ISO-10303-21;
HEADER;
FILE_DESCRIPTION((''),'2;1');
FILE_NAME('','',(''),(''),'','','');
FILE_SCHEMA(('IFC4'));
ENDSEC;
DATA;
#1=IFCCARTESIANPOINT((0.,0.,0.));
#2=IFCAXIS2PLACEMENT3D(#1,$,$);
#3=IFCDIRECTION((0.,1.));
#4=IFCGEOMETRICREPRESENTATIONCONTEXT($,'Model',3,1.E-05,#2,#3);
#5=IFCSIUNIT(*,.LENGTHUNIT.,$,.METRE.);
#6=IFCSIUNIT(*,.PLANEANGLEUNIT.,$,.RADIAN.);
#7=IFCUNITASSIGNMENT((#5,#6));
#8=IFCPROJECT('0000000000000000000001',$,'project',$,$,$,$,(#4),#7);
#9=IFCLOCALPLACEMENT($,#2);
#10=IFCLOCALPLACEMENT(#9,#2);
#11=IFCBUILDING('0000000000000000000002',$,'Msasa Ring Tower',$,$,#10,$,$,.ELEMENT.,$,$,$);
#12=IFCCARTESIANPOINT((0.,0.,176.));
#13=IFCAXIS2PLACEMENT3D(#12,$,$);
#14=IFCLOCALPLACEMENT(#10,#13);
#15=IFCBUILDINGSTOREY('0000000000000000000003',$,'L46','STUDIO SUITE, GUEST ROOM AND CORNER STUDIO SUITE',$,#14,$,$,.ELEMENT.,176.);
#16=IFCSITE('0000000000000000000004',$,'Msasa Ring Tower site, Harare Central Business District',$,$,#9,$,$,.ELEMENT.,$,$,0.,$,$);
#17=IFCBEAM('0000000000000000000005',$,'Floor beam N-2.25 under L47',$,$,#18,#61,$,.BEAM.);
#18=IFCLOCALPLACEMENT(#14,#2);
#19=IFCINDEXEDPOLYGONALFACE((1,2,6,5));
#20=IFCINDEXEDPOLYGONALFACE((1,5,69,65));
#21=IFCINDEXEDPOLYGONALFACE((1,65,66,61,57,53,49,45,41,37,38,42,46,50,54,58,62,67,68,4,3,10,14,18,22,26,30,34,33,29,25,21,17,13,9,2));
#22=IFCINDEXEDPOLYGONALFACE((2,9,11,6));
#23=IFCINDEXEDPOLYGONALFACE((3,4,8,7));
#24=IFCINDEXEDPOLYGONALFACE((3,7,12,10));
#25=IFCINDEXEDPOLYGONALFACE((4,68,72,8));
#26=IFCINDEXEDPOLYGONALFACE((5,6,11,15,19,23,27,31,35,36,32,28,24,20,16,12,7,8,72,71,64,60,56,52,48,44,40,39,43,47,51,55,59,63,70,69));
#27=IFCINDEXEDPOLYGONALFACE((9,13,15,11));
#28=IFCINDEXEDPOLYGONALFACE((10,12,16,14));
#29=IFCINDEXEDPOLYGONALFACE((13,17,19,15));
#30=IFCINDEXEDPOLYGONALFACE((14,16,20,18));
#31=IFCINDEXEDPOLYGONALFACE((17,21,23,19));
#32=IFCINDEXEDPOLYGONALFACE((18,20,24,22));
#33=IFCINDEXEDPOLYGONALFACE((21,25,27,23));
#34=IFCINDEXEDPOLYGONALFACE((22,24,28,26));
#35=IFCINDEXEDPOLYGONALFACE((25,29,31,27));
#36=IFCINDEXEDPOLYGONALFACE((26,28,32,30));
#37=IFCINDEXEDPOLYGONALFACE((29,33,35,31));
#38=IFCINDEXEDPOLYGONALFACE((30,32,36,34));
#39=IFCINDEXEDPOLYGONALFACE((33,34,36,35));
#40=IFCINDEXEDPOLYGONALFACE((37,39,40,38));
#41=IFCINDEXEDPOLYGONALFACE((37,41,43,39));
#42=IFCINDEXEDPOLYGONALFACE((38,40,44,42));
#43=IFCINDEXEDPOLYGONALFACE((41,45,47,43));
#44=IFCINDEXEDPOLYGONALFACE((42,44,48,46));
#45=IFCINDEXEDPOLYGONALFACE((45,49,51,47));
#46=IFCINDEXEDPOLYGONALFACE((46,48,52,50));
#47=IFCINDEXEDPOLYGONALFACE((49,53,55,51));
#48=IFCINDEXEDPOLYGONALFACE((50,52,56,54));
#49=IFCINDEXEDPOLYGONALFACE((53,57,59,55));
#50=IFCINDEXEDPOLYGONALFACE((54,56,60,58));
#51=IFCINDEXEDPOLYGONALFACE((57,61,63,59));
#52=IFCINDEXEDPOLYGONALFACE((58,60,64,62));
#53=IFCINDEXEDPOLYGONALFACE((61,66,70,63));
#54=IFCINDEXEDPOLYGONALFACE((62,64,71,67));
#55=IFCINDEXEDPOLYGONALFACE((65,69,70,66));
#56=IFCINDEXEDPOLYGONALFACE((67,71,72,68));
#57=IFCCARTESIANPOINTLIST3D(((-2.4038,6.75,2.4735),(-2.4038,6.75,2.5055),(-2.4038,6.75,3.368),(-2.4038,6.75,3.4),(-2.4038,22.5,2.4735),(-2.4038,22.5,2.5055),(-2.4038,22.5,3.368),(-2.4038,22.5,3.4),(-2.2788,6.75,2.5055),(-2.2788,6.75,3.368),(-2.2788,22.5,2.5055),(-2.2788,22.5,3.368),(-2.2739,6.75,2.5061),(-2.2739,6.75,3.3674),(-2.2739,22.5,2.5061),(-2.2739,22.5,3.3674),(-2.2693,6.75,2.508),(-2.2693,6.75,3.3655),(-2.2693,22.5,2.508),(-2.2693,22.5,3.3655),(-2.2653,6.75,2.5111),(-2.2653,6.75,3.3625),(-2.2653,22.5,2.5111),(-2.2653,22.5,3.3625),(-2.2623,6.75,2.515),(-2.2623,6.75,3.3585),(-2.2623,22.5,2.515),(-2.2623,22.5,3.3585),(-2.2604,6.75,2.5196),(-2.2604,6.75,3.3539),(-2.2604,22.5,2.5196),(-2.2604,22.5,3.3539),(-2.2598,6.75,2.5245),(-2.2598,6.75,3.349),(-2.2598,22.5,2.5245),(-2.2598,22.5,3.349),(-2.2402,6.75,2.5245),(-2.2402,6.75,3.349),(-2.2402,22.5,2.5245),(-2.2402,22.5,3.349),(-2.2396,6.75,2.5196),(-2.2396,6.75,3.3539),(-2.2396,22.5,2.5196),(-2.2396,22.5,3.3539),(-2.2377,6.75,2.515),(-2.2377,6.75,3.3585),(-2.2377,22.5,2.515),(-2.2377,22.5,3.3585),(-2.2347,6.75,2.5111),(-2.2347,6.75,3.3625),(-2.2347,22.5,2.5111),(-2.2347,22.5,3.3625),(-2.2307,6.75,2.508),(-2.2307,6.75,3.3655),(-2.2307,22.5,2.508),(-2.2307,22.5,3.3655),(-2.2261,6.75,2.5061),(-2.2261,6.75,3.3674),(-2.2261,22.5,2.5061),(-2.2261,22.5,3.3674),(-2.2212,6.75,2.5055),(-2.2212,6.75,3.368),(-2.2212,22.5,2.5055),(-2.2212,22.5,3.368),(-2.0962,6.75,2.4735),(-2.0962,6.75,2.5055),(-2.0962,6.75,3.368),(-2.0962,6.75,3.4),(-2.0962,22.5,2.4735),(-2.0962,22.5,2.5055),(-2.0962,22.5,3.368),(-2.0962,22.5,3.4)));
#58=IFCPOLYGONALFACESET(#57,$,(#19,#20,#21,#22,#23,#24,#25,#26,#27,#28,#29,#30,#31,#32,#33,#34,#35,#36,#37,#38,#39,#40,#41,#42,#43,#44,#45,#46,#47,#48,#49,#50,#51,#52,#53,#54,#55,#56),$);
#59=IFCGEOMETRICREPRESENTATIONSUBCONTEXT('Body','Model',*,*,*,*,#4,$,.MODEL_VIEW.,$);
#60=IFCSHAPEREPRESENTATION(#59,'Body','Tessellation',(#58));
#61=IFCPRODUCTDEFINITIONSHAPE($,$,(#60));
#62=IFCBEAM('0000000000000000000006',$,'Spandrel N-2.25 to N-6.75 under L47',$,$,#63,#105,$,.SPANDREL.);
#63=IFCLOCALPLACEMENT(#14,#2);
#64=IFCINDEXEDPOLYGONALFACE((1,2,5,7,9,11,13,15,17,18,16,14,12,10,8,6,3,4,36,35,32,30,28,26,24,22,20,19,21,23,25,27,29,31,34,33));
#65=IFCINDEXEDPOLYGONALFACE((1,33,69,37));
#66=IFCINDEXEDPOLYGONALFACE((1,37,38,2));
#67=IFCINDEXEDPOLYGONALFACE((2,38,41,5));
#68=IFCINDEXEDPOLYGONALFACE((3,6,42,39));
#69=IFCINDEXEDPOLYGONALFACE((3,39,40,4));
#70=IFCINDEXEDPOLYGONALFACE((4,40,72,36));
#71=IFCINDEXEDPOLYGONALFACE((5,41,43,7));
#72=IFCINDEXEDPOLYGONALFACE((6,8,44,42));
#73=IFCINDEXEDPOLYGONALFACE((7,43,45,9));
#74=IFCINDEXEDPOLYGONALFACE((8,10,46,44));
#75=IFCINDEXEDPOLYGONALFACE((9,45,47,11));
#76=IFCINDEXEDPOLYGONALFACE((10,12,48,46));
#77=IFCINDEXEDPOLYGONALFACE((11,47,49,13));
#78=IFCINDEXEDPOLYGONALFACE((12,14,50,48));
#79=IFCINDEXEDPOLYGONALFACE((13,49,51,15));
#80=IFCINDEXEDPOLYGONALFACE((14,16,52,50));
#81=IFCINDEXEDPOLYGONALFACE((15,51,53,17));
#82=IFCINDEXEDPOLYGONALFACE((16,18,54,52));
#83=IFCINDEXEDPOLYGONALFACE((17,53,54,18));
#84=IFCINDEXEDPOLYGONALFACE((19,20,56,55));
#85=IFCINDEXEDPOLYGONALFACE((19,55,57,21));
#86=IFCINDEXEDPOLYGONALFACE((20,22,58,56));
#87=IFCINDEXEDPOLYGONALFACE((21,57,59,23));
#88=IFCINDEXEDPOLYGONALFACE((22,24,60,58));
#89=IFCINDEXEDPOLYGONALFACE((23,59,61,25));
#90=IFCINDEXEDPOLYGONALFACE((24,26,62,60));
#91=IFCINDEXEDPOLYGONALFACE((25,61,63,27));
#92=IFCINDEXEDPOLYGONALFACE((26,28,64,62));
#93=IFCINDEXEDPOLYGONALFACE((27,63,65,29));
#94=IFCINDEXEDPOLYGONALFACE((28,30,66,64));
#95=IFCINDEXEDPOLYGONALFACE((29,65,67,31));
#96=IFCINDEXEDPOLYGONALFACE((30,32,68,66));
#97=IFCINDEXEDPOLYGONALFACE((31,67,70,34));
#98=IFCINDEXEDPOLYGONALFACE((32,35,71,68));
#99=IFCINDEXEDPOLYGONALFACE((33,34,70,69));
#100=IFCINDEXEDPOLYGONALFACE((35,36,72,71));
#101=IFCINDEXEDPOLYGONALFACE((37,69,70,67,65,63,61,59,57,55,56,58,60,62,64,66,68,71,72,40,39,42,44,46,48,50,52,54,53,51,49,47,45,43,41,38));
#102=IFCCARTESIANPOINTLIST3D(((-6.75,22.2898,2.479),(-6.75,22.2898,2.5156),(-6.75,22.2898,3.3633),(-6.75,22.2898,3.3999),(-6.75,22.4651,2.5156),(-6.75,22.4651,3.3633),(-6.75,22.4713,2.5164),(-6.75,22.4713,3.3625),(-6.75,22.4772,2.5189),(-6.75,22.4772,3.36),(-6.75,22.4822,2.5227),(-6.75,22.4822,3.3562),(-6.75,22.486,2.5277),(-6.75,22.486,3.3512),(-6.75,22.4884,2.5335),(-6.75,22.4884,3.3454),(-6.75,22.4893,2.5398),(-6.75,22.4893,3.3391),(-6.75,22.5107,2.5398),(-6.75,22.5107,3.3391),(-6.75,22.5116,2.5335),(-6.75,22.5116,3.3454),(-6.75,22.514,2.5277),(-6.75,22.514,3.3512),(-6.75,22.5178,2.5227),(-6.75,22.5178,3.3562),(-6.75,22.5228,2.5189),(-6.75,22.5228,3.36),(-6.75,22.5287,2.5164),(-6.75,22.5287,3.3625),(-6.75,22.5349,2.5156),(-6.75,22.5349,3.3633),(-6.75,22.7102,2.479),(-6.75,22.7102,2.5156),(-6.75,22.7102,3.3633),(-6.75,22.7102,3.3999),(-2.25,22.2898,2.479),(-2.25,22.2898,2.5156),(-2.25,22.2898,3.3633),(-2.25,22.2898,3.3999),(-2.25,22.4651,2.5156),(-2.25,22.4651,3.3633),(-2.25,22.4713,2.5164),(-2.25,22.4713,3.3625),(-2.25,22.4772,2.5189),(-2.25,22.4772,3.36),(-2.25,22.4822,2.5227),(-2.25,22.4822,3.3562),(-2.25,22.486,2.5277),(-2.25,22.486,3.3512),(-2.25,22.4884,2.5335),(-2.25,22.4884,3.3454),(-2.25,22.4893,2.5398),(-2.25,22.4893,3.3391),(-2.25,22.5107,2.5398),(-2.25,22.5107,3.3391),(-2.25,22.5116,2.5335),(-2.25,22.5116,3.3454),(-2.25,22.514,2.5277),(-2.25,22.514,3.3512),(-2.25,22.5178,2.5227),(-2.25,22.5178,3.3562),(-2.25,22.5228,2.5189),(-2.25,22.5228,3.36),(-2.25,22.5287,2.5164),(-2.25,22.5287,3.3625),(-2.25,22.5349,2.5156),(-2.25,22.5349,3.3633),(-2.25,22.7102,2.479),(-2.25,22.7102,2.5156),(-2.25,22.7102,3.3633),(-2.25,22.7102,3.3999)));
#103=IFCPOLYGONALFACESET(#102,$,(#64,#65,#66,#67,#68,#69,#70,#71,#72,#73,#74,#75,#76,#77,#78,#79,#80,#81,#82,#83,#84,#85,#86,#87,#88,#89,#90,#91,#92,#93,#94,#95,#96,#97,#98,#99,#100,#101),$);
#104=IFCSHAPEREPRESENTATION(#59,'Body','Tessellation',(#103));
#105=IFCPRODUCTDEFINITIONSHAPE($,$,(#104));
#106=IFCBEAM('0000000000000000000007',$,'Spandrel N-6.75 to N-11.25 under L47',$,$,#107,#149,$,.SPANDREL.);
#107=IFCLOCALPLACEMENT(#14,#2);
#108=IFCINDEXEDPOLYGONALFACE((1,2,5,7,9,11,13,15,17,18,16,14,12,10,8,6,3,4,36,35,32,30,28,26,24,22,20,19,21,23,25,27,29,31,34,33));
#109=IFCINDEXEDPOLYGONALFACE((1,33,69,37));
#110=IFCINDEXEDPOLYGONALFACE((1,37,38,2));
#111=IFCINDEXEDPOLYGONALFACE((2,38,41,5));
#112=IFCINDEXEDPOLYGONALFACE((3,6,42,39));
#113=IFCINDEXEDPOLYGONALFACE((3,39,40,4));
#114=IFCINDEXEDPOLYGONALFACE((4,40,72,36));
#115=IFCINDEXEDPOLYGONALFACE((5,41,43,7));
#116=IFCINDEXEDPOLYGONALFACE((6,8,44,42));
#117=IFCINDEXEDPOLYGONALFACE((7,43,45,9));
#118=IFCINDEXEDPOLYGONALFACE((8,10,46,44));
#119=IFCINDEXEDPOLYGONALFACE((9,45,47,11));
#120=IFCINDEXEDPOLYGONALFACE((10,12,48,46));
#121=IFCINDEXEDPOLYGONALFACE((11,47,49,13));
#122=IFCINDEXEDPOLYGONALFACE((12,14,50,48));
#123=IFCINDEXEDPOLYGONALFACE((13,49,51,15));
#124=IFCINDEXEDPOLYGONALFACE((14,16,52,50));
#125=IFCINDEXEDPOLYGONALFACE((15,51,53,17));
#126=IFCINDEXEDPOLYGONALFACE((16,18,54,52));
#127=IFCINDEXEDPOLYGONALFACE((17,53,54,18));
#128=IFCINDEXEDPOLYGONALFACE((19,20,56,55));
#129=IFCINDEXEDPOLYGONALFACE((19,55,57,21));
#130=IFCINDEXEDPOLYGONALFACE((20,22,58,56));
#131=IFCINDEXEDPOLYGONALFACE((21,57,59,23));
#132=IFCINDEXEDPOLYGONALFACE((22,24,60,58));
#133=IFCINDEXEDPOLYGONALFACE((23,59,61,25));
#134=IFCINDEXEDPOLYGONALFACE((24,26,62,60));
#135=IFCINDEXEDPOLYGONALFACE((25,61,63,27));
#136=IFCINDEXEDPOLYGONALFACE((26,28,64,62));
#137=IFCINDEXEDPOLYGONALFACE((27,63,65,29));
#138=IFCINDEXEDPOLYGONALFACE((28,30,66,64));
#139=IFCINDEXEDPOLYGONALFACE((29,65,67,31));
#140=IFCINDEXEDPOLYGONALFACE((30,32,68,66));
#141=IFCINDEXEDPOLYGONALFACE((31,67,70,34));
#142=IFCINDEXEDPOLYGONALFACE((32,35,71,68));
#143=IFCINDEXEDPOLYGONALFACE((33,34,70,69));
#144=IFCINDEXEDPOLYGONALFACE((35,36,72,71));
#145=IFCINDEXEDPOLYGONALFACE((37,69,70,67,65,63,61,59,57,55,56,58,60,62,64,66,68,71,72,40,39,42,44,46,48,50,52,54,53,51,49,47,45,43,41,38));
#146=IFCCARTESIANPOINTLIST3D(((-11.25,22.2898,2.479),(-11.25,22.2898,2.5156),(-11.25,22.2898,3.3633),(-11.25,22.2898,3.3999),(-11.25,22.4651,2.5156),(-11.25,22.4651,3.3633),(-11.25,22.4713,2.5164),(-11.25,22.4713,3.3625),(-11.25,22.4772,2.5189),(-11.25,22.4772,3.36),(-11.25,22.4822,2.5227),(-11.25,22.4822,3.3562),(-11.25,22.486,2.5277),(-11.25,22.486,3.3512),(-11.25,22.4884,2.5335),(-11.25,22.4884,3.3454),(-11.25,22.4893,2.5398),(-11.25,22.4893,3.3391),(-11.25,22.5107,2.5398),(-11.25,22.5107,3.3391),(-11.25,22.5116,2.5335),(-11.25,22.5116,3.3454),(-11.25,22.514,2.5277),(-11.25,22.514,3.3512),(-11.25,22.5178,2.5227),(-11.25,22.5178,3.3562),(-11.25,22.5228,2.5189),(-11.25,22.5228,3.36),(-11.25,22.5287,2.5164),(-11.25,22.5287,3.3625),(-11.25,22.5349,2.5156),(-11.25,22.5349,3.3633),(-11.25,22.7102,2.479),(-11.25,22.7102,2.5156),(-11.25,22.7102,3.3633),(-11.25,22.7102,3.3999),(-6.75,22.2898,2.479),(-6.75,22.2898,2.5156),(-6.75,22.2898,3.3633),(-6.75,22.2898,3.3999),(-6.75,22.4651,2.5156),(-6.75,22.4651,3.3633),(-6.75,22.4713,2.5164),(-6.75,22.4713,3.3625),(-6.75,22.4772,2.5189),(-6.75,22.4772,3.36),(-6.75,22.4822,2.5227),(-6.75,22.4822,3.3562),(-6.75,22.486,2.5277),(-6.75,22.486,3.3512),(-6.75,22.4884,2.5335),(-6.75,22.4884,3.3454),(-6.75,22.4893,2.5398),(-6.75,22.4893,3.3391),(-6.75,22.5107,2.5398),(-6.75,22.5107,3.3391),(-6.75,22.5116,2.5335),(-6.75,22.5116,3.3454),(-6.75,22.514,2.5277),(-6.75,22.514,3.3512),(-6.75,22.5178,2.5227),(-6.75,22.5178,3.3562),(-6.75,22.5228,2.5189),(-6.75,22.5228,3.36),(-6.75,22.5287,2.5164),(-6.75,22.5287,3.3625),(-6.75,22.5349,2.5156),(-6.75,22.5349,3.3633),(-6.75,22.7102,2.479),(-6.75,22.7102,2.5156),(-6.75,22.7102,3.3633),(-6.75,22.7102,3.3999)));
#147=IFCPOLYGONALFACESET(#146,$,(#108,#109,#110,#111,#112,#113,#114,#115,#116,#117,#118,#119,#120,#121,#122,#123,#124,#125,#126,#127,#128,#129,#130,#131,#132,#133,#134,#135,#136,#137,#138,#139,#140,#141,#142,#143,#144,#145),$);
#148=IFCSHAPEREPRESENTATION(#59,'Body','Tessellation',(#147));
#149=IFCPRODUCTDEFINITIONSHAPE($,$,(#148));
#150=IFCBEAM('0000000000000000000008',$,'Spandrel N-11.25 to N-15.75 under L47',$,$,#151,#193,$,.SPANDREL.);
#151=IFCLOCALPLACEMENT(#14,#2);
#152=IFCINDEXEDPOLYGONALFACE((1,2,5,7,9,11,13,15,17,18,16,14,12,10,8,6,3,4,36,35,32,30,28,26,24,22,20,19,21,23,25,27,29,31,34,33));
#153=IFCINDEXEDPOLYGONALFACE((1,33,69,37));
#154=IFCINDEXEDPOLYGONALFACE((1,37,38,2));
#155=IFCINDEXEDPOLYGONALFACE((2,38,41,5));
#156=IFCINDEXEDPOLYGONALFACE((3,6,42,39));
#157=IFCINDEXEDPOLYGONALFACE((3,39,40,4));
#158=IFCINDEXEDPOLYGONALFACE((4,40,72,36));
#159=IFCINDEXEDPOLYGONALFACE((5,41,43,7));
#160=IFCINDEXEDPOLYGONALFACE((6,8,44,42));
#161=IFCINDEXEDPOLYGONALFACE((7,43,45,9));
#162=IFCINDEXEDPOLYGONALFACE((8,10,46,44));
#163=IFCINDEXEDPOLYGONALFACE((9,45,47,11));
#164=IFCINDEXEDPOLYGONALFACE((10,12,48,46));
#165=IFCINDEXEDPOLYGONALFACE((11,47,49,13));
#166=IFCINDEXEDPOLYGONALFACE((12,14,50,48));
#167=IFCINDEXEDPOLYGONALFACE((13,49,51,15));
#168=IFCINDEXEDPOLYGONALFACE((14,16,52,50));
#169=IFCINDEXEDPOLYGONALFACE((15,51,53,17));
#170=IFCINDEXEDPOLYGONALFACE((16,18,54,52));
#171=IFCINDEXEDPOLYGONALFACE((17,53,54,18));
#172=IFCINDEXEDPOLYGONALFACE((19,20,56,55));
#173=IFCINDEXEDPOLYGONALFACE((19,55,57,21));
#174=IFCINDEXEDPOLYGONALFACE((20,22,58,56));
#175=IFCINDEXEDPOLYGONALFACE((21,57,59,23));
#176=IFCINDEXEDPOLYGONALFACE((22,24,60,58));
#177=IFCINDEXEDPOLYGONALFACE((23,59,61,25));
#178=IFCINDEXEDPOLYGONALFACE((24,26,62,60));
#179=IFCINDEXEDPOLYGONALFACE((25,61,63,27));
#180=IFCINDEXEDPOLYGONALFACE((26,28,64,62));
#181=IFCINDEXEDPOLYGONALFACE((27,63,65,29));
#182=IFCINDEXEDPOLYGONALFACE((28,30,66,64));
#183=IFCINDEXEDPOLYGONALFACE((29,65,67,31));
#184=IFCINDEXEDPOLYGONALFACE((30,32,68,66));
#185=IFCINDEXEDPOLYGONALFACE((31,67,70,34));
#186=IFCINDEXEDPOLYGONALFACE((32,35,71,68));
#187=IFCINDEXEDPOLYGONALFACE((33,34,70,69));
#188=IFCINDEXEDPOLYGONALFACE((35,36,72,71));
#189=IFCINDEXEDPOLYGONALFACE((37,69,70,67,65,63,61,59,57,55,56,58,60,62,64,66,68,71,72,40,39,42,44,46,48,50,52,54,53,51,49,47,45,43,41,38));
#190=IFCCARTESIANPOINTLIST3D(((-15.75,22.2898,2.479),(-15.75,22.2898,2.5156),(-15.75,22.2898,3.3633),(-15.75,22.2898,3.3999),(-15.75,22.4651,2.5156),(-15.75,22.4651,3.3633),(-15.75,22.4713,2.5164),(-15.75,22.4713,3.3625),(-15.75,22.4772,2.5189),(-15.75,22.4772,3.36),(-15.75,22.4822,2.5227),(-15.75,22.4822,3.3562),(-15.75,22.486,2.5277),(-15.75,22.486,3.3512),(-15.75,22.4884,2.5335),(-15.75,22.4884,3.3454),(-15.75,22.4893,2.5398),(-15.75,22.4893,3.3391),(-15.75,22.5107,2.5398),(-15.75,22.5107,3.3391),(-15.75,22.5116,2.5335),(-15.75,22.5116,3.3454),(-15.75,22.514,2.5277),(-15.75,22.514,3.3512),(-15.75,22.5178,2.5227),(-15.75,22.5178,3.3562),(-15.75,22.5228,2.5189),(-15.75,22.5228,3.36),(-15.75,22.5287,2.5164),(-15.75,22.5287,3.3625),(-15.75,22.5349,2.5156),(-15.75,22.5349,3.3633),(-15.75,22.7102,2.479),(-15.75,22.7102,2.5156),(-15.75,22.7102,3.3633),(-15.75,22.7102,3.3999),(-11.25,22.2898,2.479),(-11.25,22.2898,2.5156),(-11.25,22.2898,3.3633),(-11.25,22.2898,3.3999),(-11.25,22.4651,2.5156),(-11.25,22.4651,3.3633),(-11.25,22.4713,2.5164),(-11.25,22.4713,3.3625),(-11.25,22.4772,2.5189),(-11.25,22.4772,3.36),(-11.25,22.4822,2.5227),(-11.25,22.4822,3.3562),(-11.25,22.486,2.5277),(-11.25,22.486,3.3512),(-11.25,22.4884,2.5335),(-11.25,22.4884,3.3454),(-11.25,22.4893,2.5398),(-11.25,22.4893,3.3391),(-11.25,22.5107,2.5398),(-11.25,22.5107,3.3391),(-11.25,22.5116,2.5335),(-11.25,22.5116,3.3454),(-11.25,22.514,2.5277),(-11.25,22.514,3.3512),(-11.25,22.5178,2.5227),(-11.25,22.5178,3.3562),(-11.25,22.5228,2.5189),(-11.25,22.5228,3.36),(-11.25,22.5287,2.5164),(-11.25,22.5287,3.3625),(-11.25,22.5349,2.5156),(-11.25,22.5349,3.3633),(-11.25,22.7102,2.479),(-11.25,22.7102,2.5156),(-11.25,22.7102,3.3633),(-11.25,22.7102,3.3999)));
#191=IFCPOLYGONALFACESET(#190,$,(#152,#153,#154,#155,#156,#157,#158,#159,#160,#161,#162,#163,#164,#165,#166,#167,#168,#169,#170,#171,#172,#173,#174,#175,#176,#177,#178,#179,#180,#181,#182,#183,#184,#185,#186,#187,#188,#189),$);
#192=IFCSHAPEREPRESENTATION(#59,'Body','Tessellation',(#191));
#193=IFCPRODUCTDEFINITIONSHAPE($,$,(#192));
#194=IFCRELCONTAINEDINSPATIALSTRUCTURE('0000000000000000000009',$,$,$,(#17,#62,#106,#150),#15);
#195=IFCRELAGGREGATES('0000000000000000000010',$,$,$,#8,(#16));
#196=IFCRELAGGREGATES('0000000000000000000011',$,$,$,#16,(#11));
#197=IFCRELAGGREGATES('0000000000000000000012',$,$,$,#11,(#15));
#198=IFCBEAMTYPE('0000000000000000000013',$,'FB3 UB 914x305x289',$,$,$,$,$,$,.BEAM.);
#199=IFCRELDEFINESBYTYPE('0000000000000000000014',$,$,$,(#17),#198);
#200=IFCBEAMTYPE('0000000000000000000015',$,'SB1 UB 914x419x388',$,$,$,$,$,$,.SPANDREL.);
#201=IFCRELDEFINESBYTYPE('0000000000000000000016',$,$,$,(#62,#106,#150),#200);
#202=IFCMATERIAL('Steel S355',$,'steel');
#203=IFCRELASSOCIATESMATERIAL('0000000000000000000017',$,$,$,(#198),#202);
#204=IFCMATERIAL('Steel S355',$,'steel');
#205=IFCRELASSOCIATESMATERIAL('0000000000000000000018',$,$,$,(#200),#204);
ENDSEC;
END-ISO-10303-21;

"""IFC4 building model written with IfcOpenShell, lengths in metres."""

from ifc_helpers import new_model, si_unit, direction, frame, origin, origin_2d, place, context, subcontext, project, spatial, i_section, extrude, material, material_profile, profile_set, type_object, element, save


model = new_model("IFC4")

# Units and contexts
model_context = context("Model", 3, precision=1e-05, world=origin(), true_north=direction((0.0, 1.0)))
body_context = subcontext(model_context, "Body", "Model", "MODEL_VIEW")
ifc_project = project(units=[si_unit("LENGTHUNIT", "METRE"), si_unit("PLANEANGLEUNIT", "RADIAN")], contexts=[model_context])

# Site, building, storey
site_placement = place(None, origin())
site = spatial("IfcSite", under=ifc_project, at=site_placement, Name="Msasa Ring Tower site, Harare Central Business District", CompositionType="ELEMENT", RefElevation=0.0)
building_placement = place(site_placement, origin())
building = spatial("IfcBuilding", under=site, at=building_placement, Name="Msasa Ring Tower", CompositionType="ELEMENT")
storey_placement = place(building_placement, frame((0.0, 0.0, 176.0)))
storey = spatial("IfcBuildingStorey", under=building, at=storey_placement, Name="L46", Description="STUDIO SUITE, GUEST ROOM AND CORNER STUDIO SUITE", CompositionType="ELEMENT", Elevation=176.0)

# Beams
ifc_material_1 = material(Name="Steel S355", Category="steel")
ifc_material_profile_1 = material_profile(ifc_material_1, i_section(OverallWidth=0.3076, OverallDepth=0.9265, WebThickness=0.0195, FlangeThickness=0.032, FilletRadius=0.019, at=origin_2d()), Name="UB 914x305x289")
ifc_profile_set_1 = profile_set([ifc_material_profile_1], Name="Steel S355")
beam_type_1 = type_object("IfcBeamType", Name="FB3 UB 914x305x289", PredefinedType="BEAM", material=ifc_profile_set_1)
for number, where, z_axis, x_axis, name in (
    (1, (-2.25, 22.5, 2.9368), (0.0, -1.0, 0.0), (1.0, 0.0, 0.0), "Floor beam N-2.25 under L47"),
):
    element("IfcBeam", number, at=place(storey_placement, frame(where, z_axis=z_axis, x_axis=x_axis)), inside=storey, type_object=beam_type_1, Name=name, PredefinedType="BEAM", context=body_context, shape_type="SweptSolid", body=[
        extrude(i_section(OverallWidth=0.3076, OverallDepth=0.9265, WebThickness=0.0195, FlangeThickness=0.032, FilletRadius=0.019, at=origin_2d()), origin(), (0.0, 0.0, 1.0), 15.75),
    ])
ifc_material_2 = material(Name="Steel S355", Category="steel")
ifc_material_profile_2 = material_profile(ifc_material_2, i_section(OverallWidth=0.4204, OverallDepth=0.9209, WebThickness=0.0215, FlangeThickness=0.0366, FilletRadius=0.0242, at=origin_2d()), Name="UB 914x419x388")
ifc_profile_set_2 = profile_set([ifc_material_profile_2], Name="Steel S355")
beam_type_2 = type_object("IfcBeamType", Name="SB1 UB 914x419x388", PredefinedType="SPANDREL", material=ifc_profile_set_2)
for number, where, z_axis, x_axis, name in (
    (2, (-2.25, 22.5, 2.9395), (-1.0, 0.0, 0.0), (0.0, -1.0, 0.0), "Spandrel N-2.25 to N-6.75 under L47"),
    (3, (-6.75, 22.5, 2.9395), (-1.0, 0.0, 0.0), (0.0, -1.0, 0.0), "Spandrel N-6.75 to N-11.25 under L47"),
    (4, (-11.25, 22.5, 2.9395), (-1.0, 0.0, 0.0), (0.0, -1.0, 0.0), "Spandrel N-11.25 to N-15.75 under L47"),
):
    element("IfcBeam", number, at=place(storey_placement, frame(where, z_axis=z_axis, x_axis=x_axis)), inside=storey, type_object=beam_type_2, Name=name, PredefinedType="SPANDREL", context=body_context, shape_type="SweptSolid", body=[
        extrude(i_section(OverallWidth=0.4204, OverallDepth=0.9209, WebThickness=0.0215, FlangeThickness=0.0366, FilletRadius=0.0242, at=origin_2d()), origin(), (0.0, 0.0, 1.0), 4.5),
    ])

save(model, "model.ifc")
